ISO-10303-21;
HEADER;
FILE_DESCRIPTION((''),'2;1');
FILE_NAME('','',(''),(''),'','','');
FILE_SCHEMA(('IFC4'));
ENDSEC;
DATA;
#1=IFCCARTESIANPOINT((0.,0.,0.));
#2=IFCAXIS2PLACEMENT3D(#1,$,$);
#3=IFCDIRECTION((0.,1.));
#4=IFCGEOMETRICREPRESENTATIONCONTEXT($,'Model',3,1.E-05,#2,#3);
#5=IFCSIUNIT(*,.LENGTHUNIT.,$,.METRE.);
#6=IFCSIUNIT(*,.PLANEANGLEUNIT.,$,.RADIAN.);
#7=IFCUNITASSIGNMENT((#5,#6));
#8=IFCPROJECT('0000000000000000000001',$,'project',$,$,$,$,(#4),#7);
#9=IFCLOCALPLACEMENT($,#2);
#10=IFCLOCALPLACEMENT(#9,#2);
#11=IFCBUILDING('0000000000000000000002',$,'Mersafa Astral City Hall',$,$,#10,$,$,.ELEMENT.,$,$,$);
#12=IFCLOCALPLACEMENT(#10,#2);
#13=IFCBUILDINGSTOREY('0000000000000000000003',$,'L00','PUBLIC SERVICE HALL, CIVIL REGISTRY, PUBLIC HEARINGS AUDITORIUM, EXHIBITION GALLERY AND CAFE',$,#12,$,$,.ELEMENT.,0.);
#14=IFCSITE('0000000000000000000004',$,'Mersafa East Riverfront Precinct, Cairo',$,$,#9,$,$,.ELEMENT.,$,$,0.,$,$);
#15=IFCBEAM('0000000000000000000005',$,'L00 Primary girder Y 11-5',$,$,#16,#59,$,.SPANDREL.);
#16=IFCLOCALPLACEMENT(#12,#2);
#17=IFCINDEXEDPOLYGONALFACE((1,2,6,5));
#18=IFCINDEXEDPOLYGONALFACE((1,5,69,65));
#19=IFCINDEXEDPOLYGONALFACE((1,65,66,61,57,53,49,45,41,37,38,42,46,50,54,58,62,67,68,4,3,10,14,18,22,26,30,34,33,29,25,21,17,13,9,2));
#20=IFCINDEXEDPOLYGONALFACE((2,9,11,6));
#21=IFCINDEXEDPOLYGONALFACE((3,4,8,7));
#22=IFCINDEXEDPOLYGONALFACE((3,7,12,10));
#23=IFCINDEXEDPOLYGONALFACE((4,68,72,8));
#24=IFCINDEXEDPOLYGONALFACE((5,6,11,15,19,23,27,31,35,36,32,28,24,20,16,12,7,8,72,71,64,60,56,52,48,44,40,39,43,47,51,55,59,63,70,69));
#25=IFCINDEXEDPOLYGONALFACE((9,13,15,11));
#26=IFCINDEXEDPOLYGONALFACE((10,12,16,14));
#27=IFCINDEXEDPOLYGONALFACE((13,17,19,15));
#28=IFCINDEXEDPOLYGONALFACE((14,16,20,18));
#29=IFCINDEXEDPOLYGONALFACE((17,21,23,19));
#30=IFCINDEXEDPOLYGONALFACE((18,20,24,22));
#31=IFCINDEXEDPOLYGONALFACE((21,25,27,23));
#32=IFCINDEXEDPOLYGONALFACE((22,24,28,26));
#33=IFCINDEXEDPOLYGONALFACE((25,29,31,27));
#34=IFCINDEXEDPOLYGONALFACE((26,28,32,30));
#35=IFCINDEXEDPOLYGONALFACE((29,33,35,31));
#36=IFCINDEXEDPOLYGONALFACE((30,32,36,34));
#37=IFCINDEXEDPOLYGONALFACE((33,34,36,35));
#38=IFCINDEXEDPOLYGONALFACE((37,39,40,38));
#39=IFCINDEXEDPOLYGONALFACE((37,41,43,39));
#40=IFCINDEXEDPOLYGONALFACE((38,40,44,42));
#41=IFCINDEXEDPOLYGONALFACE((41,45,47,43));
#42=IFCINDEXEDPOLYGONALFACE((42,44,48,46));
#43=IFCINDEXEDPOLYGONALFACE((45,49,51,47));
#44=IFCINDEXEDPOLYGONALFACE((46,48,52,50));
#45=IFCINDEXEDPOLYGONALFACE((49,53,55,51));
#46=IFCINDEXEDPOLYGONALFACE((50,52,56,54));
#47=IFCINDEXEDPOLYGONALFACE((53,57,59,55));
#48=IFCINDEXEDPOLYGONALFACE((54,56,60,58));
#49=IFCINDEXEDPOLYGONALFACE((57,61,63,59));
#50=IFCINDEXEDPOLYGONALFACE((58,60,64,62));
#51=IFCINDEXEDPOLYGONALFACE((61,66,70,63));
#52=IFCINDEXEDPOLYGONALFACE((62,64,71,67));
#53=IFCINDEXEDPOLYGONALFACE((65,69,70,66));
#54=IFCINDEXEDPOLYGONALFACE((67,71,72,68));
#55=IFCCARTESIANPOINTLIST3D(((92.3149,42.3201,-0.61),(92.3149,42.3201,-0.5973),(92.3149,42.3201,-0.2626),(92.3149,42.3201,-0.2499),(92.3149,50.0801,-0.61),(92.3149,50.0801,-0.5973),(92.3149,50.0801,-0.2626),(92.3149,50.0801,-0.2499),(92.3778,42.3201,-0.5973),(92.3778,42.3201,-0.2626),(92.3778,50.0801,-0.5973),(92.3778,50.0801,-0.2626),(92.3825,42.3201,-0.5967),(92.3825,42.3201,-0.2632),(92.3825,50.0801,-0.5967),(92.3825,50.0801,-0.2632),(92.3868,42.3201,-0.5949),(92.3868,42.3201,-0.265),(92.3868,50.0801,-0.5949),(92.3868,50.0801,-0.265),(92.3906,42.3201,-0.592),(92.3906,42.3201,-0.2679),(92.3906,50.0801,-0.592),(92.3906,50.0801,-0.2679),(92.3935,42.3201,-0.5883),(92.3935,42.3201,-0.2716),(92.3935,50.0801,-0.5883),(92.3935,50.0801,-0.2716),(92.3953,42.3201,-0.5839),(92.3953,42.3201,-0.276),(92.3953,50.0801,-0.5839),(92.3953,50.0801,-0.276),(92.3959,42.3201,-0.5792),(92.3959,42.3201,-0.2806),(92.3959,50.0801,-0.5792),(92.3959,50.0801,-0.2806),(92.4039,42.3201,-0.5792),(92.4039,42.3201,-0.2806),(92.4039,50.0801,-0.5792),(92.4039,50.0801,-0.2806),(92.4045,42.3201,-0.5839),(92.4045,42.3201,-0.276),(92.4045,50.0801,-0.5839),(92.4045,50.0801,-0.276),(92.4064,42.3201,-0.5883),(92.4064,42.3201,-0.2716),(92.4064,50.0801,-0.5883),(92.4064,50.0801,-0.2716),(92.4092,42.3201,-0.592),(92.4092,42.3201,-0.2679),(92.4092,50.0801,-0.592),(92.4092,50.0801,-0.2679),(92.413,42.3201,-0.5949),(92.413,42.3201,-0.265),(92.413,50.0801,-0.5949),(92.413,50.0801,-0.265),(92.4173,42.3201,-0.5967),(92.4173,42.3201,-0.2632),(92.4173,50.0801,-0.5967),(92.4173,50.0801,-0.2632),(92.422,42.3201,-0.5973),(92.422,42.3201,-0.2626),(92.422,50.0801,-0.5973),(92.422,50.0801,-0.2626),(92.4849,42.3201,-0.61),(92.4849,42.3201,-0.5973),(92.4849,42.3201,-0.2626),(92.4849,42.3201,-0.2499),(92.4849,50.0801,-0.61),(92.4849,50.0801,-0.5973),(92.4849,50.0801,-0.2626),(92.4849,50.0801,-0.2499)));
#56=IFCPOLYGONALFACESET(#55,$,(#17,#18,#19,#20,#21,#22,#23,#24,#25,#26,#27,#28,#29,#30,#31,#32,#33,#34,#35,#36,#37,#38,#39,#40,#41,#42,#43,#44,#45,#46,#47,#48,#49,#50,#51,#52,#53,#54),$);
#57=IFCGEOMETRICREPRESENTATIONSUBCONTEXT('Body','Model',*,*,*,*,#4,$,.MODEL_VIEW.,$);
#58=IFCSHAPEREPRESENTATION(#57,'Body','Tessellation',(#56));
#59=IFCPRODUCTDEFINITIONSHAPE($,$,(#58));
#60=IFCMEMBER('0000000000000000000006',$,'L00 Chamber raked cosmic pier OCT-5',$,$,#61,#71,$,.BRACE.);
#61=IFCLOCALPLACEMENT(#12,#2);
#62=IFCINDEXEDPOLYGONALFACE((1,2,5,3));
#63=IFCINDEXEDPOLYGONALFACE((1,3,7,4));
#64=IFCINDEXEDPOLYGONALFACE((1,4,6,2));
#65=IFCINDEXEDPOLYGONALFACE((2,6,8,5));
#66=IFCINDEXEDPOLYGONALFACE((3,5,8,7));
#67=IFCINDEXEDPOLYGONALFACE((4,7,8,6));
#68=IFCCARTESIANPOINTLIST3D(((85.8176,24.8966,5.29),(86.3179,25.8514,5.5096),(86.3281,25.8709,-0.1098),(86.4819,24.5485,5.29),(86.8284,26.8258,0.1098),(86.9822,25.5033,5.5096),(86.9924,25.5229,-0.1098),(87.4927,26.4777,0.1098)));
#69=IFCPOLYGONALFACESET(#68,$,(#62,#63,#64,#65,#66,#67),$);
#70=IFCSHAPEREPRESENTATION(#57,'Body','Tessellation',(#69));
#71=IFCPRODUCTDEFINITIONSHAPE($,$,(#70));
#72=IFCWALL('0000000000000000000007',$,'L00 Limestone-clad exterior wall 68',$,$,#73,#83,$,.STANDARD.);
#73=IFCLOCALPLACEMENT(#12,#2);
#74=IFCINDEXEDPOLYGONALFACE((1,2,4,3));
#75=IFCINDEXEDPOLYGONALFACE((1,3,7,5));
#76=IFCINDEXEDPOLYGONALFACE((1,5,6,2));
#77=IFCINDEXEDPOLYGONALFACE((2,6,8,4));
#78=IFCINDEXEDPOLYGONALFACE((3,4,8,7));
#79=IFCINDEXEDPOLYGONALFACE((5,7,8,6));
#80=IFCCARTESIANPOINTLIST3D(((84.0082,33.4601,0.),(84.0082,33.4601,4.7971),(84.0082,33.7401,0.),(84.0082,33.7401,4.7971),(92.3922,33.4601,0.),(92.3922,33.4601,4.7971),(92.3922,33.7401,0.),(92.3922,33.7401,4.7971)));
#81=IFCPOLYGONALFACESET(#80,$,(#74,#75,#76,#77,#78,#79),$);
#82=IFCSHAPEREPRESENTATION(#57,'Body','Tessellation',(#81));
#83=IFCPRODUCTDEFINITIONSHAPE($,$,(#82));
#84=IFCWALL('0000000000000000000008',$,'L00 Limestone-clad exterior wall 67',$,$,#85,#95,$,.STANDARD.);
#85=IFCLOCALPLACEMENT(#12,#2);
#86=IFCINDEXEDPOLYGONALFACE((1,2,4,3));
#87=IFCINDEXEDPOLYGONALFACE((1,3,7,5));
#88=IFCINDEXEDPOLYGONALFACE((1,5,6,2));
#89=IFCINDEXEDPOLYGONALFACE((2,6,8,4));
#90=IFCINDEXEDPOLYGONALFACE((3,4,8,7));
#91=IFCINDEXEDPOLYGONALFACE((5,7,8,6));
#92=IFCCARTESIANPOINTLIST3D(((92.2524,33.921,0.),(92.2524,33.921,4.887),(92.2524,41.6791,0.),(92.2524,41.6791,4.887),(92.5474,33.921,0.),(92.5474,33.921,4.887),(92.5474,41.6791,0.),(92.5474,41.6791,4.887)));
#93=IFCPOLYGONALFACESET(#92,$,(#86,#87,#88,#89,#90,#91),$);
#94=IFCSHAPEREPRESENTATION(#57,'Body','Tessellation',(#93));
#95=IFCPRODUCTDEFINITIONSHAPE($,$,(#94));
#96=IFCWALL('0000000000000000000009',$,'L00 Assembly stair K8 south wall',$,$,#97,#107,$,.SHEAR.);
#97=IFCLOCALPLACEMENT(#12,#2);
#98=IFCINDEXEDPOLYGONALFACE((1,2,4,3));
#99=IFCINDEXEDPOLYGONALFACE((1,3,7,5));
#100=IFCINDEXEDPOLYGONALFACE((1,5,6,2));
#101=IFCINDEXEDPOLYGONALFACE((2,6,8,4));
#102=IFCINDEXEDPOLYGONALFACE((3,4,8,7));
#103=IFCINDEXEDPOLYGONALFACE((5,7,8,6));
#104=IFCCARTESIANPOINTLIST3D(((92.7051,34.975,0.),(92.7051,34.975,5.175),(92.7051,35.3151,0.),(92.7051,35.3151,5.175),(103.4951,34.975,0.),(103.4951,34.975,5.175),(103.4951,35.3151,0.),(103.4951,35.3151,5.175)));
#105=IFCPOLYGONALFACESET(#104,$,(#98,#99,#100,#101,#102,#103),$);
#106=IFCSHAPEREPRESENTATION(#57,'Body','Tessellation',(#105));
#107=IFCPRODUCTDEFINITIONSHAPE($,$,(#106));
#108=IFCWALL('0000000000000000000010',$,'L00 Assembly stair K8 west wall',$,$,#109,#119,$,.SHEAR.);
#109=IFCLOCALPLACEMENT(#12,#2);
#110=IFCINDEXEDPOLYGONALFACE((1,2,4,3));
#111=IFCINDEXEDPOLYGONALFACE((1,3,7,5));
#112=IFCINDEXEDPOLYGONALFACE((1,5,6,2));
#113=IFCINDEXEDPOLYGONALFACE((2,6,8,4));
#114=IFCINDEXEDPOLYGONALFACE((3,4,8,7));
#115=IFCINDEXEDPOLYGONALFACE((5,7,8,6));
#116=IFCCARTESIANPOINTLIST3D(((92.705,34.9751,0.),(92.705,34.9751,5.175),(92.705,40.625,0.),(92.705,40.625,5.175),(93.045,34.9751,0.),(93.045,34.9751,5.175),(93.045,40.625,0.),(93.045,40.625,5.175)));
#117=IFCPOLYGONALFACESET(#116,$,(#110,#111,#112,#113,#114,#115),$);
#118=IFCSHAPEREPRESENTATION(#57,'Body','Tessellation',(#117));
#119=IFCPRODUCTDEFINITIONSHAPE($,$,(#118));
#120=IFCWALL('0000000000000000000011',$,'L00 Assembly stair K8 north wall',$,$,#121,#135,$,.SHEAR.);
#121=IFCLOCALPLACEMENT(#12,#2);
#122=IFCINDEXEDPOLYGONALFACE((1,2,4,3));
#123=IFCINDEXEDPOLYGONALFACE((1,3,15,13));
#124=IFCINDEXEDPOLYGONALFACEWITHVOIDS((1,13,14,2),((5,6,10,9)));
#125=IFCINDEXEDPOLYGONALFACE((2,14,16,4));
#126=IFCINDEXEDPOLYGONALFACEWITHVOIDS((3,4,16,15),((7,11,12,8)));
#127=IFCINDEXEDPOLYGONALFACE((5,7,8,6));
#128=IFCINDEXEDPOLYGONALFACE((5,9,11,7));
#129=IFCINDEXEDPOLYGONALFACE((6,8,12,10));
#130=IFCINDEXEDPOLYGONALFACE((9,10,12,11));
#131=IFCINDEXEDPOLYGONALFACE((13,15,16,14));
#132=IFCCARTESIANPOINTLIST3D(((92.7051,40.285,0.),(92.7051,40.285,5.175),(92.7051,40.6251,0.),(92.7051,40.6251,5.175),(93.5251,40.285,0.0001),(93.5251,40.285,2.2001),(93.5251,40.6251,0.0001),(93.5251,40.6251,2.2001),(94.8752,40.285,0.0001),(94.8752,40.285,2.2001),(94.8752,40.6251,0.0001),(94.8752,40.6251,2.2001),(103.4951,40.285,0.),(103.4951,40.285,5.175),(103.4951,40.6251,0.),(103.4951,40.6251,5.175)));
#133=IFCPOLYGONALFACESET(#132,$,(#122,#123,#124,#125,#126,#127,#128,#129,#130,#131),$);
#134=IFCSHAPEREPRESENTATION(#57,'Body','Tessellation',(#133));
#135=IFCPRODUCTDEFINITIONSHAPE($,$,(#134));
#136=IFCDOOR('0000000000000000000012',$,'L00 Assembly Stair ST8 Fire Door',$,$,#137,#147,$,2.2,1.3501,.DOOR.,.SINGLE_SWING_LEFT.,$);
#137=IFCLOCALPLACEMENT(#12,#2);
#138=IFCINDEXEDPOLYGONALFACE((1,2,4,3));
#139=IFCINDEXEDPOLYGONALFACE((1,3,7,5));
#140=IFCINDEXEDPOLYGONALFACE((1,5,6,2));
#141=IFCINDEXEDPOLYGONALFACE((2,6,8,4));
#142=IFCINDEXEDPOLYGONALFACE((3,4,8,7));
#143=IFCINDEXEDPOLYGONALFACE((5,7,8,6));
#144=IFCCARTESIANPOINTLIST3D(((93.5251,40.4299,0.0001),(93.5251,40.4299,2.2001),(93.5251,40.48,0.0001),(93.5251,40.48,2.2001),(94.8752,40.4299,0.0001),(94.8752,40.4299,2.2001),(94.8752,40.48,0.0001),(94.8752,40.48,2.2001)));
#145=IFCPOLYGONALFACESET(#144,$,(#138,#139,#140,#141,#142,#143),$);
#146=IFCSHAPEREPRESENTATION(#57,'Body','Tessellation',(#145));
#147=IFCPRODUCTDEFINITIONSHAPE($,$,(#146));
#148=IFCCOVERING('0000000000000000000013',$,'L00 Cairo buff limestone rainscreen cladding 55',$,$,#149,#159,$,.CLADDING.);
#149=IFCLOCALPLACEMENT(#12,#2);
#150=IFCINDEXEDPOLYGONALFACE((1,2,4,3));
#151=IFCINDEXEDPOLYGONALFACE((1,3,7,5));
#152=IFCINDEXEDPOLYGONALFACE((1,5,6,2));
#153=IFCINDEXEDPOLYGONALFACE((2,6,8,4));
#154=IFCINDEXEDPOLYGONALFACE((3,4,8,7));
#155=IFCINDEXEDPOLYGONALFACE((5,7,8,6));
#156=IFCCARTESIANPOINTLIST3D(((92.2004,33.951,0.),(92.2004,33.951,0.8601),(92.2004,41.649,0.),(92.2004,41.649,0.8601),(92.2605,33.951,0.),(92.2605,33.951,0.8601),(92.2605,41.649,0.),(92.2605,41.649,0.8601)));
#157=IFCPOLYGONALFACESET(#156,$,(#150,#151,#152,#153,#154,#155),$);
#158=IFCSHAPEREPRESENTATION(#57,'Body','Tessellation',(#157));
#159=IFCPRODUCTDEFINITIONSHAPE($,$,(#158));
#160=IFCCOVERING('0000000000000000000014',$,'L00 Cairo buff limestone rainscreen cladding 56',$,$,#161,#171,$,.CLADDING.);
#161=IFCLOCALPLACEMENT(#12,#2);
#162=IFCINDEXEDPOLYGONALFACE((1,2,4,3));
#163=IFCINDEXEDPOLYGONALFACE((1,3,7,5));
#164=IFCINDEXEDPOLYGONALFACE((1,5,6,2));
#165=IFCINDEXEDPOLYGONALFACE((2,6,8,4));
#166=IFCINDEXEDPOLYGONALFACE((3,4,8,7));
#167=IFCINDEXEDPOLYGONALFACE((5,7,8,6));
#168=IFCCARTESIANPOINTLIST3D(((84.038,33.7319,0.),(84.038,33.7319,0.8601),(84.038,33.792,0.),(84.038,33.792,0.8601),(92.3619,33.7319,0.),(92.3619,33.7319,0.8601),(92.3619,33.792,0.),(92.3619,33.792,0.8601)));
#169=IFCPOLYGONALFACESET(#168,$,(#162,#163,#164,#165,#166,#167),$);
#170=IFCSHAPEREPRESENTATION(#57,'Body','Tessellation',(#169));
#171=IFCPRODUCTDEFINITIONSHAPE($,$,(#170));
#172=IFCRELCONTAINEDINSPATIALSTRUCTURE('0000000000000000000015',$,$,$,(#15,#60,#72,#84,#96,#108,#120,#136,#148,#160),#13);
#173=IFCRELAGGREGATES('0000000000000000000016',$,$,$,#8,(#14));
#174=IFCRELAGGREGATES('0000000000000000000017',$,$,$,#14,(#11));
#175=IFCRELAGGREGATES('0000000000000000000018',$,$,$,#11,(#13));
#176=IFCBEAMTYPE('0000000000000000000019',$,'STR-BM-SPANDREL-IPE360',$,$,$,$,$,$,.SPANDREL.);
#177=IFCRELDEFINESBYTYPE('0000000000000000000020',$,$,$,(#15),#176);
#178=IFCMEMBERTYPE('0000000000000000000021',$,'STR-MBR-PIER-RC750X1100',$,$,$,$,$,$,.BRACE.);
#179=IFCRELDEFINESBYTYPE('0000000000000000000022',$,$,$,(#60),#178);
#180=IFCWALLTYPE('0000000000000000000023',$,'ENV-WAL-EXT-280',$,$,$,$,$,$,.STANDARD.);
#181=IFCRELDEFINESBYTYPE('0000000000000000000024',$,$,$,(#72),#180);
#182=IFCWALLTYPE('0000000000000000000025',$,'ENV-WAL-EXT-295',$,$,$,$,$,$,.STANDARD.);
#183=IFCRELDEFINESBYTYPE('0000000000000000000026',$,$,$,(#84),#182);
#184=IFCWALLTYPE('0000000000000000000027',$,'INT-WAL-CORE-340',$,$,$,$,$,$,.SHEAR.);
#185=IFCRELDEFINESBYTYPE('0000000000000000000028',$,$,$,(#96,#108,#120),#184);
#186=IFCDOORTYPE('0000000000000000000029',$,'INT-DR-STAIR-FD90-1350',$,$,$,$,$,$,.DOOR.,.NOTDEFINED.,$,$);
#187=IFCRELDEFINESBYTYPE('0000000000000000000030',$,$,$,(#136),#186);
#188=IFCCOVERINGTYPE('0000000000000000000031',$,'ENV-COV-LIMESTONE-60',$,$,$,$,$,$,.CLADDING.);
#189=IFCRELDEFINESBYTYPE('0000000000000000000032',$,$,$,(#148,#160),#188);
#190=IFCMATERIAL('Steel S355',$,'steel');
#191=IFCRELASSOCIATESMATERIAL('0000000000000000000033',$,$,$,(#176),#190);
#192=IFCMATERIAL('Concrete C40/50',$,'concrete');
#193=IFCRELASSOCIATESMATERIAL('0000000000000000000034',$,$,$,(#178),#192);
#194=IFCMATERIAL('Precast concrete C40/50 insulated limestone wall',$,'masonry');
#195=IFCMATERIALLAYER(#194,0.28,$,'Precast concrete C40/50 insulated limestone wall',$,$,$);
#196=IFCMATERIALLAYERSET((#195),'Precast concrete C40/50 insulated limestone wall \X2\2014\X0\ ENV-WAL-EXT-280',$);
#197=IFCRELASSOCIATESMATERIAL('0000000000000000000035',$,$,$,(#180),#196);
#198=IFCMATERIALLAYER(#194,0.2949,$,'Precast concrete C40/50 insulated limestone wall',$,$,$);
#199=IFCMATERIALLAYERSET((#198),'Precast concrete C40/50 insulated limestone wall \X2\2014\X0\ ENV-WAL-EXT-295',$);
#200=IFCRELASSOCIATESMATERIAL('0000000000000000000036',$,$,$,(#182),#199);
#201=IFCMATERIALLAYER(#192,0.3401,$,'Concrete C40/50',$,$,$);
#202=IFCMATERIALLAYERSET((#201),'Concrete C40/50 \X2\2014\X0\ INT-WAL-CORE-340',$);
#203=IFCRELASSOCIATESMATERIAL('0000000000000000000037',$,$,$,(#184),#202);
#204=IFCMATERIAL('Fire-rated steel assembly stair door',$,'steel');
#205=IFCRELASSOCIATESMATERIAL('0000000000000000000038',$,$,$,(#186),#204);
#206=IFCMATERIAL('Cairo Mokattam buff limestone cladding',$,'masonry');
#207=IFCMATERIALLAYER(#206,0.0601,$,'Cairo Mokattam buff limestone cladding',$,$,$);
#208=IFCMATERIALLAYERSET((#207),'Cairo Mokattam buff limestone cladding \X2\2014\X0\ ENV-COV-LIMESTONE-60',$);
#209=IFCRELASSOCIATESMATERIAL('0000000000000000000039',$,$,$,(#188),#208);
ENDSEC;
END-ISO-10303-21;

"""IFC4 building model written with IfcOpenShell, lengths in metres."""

from ifc_helpers import new_model, si_unit, direction, frame, frame_2d, origin, origin_2d, place, context, subcontext, project, spatial, rectangle, i_section, extrude, material, layer, layer_set, material_profile, profile_set, type_object, element, fill, save


model = new_model("IFC4")

# Units and contexts
model_context = context("Model", 3, precision=1e-05, world=origin(), true_north=direction((0.0, 1.0)))
body_context = subcontext(model_context, "Body", "Model", "MODEL_VIEW")
ifc_project = project(units=[si_unit("LENGTHUNIT", "METRE"), si_unit("PLANEANGLEUNIT", "RADIAN")], contexts=[model_context])

# Site, building, storey
site_placement = place(None, origin())
site = spatial("IfcSite", under=ifc_project, at=site_placement, Name="Mersafa East Riverfront Precinct, Cairo", CompositionType="ELEMENT", RefElevation=0.0)
building_placement = place(site_placement, origin())
building = spatial("IfcBuilding", under=site, at=building_placement, Name="Mersafa Astral City Hall", CompositionType="ELEMENT")
storey_placement = place(building_placement, origin())
storey = spatial("IfcBuildingStorey", under=building, at=storey_placement, Name="L00", Description="PUBLIC SERVICE HALL, CIVIL REGISTRY, PUBLIC HEARINGS AUDITORIUM, EXHIBITION GALLERY AND CAFE", CompositionType="ELEMENT", Elevation=0.0)

# Shared definitions
ifc_material_1 = material(Name="Steel S355", Category="steel")
ifc_material_2 = material(Name="Concrete C40/50", Category="concrete")

# Beam
ifc_material_profile_1 = material_profile(ifc_material_1, i_section(OverallWidth=0.1699, OverallDepth=0.3601, WebThickness=0.0081, FlangeThickness=0.0127, FilletRadius=0.0181, at=origin_2d()), Name="IPE 360")
ifc_profile_set_1 = profile_set([ifc_material_profile_1], Name="Steel S355")
beam_type_1 = type_object("IfcBeamType", Name="STR-BM-SPANDREL-IPE360", PredefinedType="SPANDREL", material=ifc_profile_set_1)
beam_1_placement = place(storey_placement, frame((92.3999, 42.3201, -0.4299), z_axis=(0.0, 1.0, 0.0), x_axis=(-1.0, 0.0, 0.0)))
element("IfcBeam", 1, at=beam_1_placement, inside=storey, type_object=beam_type_1, Name="L00 Primary girder Y 11-5", PredefinedType="SPANDREL", context=body_context, shape_type="SweptSolid", body=[
    extrude(i_section(OverallWidth=0.1699, OverallDepth=0.3601, WebThickness=0.0081, FlangeThickness=0.0127, FilletRadius=0.0181, at=origin_2d()), origin(), (0.0, 0.0, 1.0), 7.76),
])

# Member
ifc_material_profile_2 = material_profile(ifc_material_2, rectangle(XDim=0.75, YDim=1.1001, at=origin_2d()), Name="RC 750x1100")
ifc_profile_set_2 = profile_set([ifc_material_profile_2], Name="Concrete C40/50")
member_type = type_object("IfcMemberType", Name="STR-MBR-PIER-RC750X1100", PredefinedType="BRACE", material=ifc_profile_set_2)
member_placement = place(storey_placement, frame((86.9104, 26.1743, 0.0), z_axis=(-0.092636, -0.17681, 0.979876), x_axis=(0.885788, -0.46409, 0.0)))
element("IfcMember", 2, at=member_placement, inside=storey, type_object=member_type, Name="L00 Chamber raked cosmic pier OCT-5", PredefinedType="BRACE", context=body_context, shape_type="SweptSolid", body=[
    extrude(rectangle(XDim=0.75, YDim=1.1001, at=origin_2d()), origin(), (0.0, 0.0, 1.0), 5.5107),
])

# Walls
ifc_material_3 = material(Name="Precast concrete C40/50 insulated limestone wall", Category="masonry")
ifc_layer_1 = layer(ifc_material_3, 0.28, Name="Precast concrete C40/50 insulated limestone wall")
ifc_layer_set_1 = layer_set([ifc_layer_1], Name="Precast concrete C40/50 insulated limestone wall — ENV-WAL-EXT-280")
wall_type_1 = type_object("IfcWallType", Name="ENV-WAL-EXT-280", PredefinedType="STANDARD", material=ifc_layer_set_1)
wall_1_placement = place(storey_placement, frame((92.3921, 33.6001, 0.0), z_axis=(0.0, 0.0, 1.0), x_axis=(-1.0, 0.0, 0.0)))
element("IfcWall", 3, at=wall_1_placement, inside=storey, type_object=wall_type_1, Name="L00 Limestone-clad exterior wall 68", PredefinedType="STANDARD", context=body_context, shape_type="SweptSolid", body=[
    extrude(rectangle(XDim=8.384, YDim=0.28, at=frame_2d((4.1919, 0.0))), origin(), (0.0, 0.0, 1.0), 4.7971),
])
ifc_layer_2 = layer(ifc_material_3, 0.2949, Name="Precast concrete C40/50 insulated limestone wall")
ifc_layer_set_2 = layer_set([ifc_layer_2], Name="Precast concrete C40/50 insulated limestone wall — ENV-WAL-EXT-295")
wall_type_2 = type_object("IfcWallType", Name="ENV-WAL-EXT-295", PredefinedType="STANDARD", material=ifc_layer_set_2)
wall_2_placement = place(storey_placement, frame((92.3999, 41.679, 0.0), z_axis=(0.0, 0.0, 1.0), x_axis=(0.0, -1.0, 0.0)))
element("IfcWall", 4, at=wall_2_placement, inside=storey, type_object=wall_type_2, Name="L00 Limestone-clad exterior wall 67", PredefinedType="STANDARD", context=body_context, shape_type="SweptSolid", body=[
    extrude(rectangle(XDim=7.7581, YDim=0.2949, at=frame_2d((3.8789, 0.0))), origin(), (0.0, 0.0, 1.0), 4.887),
])
ifc_layer_3 = layer(ifc_material_2, 0.3401, Name="Concrete C40/50")
ifc_layer_set_3 = layer_set([ifc_layer_3], Name="Concrete C40/50 — INT-WAL-CORE-340")
wall_type_3 = type_object("IfcWallType", Name="INT-WAL-CORE-340", PredefinedType="SHEAR", material=ifc_layer_set_3)
wall_3_placement = place(storey_placement, frame((92.7051, 35.145, 0.0), z_axis=(0.0, 0.0, 1.0), x_axis=(1.0, 0.0, 0.0)))
element("IfcWall", 5, at=wall_3_placement, inside=storey, type_object=wall_type_3, Name="L00 Assembly stair K8 south wall", PredefinedType="SHEAR", context=body_context, shape_type="SweptSolid", body=[
    extrude(rectangle(XDim=10.79, YDim=0.3401, at=frame_2d((5.395, 0.0))), origin(), (0.0, 0.0, 1.0), 5.175),
])
wall_4_placement = place(storey_placement, frame((92.875, 34.9751, 0.0), z_axis=(0.0, 0.0, 1.0), x_axis=(0.0, 1.0, 0.0)))
element("IfcWall", 6, at=wall_4_placement, inside=storey, type_object=wall_type_3, Name="L00 Assembly stair K8 west wall", PredefinedType="SHEAR", context=body_context, shape_type="SweptSolid", body=[
    extrude(rectangle(XDim=5.6499, YDim=0.3401, at=frame_2d((2.825, 0.0))), origin(), (0.0, 0.0, 1.0), 5.175),
])

# Wall, opening, door
wall_5_placement = place(storey_placement, frame((92.7051, 40.4551, 0.0), z_axis=(0.0, 0.0, 1.0), x_axis=(1.0, 0.0, 0.0)))
wall_5 = element("IfcWall", 7, at=wall_5_placement, inside=storey, type_object=wall_type_3, Name="L00 Assembly stair K8 north wall", PredefinedType="SHEAR", context=body_context, shape_type="SweptSolid", body=[
    extrude(rectangle(XDim=10.79, YDim=0.3401, at=frame_2d((5.395, 0.0))), origin(), (0.0, 0.0, 1.0), 5.175),
])
opening_placement = place(wall_5_placement, frame((0.8201, 0.0, 0.0)))
opening = element("IfcOpeningElement", 8, at=opening_placement, cuts=wall_5, PredefinedType="OPENING", context=body_context, shape_type="SweptSolid", body=[
    extrude(rectangle(XDim=1.3501, YDim=2.2, at=frame_2d((0.675, 1.1001))), frame((0.0, 0.1799, 0.0), z_axis=(0.0, -1.0, 0.0), x_axis=(1.0, 0.0, 0.0)), (0.0, 0.0, 1.0), 0.3601),
])
ifc_material_4 = material(Name="Fire-rated steel assembly stair door", Category="steel")
door_type = type_object("IfcDoorType", Name="INT-DR-STAIR-FD90-1350", OperationType="NOTDEFINED", PredefinedType="DOOR", material=ifc_material_4)
door_placement = place(opening_placement, origin())
door = element("IfcDoor", 9, at=door_placement, inside=storey, type_object=door_type, Name="L00 Assembly Stair ST8 Fire Door", OperationType="SINGLE_SWING_LEFT", OverallHeight=2.2, OverallWidth=1.3501, PredefinedType="DOOR", context=body_context, shape_type="SweptSolid", body=[
    extrude(rectangle(XDim=1.3501, YDim=2.2, at=frame_2d((0.675, 1.1001))), frame((0.0, 0.0249, 0.0), z_axis=(0.0, -1.0, 0.0), x_axis=(1.0, 0.0, 0.0)), (0.0, 0.0, 1.0), 0.05),
])
fill(opening, door)

# Coverings
ifc_material_5 = material(Name="Cairo Mokattam buff limestone cladding", Category="masonry")
ifc_layer_4 = layer(ifc_material_5, 0.0601, Name="Cairo Mokattam buff limestone cladding")
ifc_layer_set_4 = layer_set([ifc_layer_4], Name="Cairo Mokattam buff limestone cladding — ENV-COV-LIMESTONE-60")
covering_type = type_object("IfcCoveringType", Name="ENV-COV-LIMESTONE-60", PredefinedType="CLADDING", material=ifc_layer_set_4)
covering_1_placement = place(storey_placement, frame((92.2305, 37.8, 0.0), z_axis=(0.0, 0.0, 1.0), x_axis=(0.0, -1.0, 0.0)))
element("IfcCovering", 10, at=covering_1_placement, inside=storey, type_object=covering_type, Name="L00 Cairo buff limestone rainscreen cladding 55", PredefinedType="CLADDING", context=body_context, shape_type="SweptSolid", body=[
    extrude(rectangle(XDim=7.698, YDim=0.0601, at=origin_2d()), origin(), (0.0, 0.0, 1.0), 0.8601),
])
covering_2_placement = place(storey_placement, frame((88.2, 33.762, 0.0), z_axis=(0.0, 0.0, 1.0), x_axis=(-1.0, 0.0, 0.0)))
element("IfcCovering", 11, at=covering_2_placement, inside=storey, type_object=covering_type, Name="L00 Cairo buff limestone rainscreen cladding 56", PredefinedType="CLADDING", context=body_context, shape_type="SweptSolid", body=[
    extrude(rectangle(XDim=8.324, YDim=0.0601, at=origin_2d()), origin(), (0.0, 0.0, 1.0), 0.8601),
])

save(model, "model.ifc")
